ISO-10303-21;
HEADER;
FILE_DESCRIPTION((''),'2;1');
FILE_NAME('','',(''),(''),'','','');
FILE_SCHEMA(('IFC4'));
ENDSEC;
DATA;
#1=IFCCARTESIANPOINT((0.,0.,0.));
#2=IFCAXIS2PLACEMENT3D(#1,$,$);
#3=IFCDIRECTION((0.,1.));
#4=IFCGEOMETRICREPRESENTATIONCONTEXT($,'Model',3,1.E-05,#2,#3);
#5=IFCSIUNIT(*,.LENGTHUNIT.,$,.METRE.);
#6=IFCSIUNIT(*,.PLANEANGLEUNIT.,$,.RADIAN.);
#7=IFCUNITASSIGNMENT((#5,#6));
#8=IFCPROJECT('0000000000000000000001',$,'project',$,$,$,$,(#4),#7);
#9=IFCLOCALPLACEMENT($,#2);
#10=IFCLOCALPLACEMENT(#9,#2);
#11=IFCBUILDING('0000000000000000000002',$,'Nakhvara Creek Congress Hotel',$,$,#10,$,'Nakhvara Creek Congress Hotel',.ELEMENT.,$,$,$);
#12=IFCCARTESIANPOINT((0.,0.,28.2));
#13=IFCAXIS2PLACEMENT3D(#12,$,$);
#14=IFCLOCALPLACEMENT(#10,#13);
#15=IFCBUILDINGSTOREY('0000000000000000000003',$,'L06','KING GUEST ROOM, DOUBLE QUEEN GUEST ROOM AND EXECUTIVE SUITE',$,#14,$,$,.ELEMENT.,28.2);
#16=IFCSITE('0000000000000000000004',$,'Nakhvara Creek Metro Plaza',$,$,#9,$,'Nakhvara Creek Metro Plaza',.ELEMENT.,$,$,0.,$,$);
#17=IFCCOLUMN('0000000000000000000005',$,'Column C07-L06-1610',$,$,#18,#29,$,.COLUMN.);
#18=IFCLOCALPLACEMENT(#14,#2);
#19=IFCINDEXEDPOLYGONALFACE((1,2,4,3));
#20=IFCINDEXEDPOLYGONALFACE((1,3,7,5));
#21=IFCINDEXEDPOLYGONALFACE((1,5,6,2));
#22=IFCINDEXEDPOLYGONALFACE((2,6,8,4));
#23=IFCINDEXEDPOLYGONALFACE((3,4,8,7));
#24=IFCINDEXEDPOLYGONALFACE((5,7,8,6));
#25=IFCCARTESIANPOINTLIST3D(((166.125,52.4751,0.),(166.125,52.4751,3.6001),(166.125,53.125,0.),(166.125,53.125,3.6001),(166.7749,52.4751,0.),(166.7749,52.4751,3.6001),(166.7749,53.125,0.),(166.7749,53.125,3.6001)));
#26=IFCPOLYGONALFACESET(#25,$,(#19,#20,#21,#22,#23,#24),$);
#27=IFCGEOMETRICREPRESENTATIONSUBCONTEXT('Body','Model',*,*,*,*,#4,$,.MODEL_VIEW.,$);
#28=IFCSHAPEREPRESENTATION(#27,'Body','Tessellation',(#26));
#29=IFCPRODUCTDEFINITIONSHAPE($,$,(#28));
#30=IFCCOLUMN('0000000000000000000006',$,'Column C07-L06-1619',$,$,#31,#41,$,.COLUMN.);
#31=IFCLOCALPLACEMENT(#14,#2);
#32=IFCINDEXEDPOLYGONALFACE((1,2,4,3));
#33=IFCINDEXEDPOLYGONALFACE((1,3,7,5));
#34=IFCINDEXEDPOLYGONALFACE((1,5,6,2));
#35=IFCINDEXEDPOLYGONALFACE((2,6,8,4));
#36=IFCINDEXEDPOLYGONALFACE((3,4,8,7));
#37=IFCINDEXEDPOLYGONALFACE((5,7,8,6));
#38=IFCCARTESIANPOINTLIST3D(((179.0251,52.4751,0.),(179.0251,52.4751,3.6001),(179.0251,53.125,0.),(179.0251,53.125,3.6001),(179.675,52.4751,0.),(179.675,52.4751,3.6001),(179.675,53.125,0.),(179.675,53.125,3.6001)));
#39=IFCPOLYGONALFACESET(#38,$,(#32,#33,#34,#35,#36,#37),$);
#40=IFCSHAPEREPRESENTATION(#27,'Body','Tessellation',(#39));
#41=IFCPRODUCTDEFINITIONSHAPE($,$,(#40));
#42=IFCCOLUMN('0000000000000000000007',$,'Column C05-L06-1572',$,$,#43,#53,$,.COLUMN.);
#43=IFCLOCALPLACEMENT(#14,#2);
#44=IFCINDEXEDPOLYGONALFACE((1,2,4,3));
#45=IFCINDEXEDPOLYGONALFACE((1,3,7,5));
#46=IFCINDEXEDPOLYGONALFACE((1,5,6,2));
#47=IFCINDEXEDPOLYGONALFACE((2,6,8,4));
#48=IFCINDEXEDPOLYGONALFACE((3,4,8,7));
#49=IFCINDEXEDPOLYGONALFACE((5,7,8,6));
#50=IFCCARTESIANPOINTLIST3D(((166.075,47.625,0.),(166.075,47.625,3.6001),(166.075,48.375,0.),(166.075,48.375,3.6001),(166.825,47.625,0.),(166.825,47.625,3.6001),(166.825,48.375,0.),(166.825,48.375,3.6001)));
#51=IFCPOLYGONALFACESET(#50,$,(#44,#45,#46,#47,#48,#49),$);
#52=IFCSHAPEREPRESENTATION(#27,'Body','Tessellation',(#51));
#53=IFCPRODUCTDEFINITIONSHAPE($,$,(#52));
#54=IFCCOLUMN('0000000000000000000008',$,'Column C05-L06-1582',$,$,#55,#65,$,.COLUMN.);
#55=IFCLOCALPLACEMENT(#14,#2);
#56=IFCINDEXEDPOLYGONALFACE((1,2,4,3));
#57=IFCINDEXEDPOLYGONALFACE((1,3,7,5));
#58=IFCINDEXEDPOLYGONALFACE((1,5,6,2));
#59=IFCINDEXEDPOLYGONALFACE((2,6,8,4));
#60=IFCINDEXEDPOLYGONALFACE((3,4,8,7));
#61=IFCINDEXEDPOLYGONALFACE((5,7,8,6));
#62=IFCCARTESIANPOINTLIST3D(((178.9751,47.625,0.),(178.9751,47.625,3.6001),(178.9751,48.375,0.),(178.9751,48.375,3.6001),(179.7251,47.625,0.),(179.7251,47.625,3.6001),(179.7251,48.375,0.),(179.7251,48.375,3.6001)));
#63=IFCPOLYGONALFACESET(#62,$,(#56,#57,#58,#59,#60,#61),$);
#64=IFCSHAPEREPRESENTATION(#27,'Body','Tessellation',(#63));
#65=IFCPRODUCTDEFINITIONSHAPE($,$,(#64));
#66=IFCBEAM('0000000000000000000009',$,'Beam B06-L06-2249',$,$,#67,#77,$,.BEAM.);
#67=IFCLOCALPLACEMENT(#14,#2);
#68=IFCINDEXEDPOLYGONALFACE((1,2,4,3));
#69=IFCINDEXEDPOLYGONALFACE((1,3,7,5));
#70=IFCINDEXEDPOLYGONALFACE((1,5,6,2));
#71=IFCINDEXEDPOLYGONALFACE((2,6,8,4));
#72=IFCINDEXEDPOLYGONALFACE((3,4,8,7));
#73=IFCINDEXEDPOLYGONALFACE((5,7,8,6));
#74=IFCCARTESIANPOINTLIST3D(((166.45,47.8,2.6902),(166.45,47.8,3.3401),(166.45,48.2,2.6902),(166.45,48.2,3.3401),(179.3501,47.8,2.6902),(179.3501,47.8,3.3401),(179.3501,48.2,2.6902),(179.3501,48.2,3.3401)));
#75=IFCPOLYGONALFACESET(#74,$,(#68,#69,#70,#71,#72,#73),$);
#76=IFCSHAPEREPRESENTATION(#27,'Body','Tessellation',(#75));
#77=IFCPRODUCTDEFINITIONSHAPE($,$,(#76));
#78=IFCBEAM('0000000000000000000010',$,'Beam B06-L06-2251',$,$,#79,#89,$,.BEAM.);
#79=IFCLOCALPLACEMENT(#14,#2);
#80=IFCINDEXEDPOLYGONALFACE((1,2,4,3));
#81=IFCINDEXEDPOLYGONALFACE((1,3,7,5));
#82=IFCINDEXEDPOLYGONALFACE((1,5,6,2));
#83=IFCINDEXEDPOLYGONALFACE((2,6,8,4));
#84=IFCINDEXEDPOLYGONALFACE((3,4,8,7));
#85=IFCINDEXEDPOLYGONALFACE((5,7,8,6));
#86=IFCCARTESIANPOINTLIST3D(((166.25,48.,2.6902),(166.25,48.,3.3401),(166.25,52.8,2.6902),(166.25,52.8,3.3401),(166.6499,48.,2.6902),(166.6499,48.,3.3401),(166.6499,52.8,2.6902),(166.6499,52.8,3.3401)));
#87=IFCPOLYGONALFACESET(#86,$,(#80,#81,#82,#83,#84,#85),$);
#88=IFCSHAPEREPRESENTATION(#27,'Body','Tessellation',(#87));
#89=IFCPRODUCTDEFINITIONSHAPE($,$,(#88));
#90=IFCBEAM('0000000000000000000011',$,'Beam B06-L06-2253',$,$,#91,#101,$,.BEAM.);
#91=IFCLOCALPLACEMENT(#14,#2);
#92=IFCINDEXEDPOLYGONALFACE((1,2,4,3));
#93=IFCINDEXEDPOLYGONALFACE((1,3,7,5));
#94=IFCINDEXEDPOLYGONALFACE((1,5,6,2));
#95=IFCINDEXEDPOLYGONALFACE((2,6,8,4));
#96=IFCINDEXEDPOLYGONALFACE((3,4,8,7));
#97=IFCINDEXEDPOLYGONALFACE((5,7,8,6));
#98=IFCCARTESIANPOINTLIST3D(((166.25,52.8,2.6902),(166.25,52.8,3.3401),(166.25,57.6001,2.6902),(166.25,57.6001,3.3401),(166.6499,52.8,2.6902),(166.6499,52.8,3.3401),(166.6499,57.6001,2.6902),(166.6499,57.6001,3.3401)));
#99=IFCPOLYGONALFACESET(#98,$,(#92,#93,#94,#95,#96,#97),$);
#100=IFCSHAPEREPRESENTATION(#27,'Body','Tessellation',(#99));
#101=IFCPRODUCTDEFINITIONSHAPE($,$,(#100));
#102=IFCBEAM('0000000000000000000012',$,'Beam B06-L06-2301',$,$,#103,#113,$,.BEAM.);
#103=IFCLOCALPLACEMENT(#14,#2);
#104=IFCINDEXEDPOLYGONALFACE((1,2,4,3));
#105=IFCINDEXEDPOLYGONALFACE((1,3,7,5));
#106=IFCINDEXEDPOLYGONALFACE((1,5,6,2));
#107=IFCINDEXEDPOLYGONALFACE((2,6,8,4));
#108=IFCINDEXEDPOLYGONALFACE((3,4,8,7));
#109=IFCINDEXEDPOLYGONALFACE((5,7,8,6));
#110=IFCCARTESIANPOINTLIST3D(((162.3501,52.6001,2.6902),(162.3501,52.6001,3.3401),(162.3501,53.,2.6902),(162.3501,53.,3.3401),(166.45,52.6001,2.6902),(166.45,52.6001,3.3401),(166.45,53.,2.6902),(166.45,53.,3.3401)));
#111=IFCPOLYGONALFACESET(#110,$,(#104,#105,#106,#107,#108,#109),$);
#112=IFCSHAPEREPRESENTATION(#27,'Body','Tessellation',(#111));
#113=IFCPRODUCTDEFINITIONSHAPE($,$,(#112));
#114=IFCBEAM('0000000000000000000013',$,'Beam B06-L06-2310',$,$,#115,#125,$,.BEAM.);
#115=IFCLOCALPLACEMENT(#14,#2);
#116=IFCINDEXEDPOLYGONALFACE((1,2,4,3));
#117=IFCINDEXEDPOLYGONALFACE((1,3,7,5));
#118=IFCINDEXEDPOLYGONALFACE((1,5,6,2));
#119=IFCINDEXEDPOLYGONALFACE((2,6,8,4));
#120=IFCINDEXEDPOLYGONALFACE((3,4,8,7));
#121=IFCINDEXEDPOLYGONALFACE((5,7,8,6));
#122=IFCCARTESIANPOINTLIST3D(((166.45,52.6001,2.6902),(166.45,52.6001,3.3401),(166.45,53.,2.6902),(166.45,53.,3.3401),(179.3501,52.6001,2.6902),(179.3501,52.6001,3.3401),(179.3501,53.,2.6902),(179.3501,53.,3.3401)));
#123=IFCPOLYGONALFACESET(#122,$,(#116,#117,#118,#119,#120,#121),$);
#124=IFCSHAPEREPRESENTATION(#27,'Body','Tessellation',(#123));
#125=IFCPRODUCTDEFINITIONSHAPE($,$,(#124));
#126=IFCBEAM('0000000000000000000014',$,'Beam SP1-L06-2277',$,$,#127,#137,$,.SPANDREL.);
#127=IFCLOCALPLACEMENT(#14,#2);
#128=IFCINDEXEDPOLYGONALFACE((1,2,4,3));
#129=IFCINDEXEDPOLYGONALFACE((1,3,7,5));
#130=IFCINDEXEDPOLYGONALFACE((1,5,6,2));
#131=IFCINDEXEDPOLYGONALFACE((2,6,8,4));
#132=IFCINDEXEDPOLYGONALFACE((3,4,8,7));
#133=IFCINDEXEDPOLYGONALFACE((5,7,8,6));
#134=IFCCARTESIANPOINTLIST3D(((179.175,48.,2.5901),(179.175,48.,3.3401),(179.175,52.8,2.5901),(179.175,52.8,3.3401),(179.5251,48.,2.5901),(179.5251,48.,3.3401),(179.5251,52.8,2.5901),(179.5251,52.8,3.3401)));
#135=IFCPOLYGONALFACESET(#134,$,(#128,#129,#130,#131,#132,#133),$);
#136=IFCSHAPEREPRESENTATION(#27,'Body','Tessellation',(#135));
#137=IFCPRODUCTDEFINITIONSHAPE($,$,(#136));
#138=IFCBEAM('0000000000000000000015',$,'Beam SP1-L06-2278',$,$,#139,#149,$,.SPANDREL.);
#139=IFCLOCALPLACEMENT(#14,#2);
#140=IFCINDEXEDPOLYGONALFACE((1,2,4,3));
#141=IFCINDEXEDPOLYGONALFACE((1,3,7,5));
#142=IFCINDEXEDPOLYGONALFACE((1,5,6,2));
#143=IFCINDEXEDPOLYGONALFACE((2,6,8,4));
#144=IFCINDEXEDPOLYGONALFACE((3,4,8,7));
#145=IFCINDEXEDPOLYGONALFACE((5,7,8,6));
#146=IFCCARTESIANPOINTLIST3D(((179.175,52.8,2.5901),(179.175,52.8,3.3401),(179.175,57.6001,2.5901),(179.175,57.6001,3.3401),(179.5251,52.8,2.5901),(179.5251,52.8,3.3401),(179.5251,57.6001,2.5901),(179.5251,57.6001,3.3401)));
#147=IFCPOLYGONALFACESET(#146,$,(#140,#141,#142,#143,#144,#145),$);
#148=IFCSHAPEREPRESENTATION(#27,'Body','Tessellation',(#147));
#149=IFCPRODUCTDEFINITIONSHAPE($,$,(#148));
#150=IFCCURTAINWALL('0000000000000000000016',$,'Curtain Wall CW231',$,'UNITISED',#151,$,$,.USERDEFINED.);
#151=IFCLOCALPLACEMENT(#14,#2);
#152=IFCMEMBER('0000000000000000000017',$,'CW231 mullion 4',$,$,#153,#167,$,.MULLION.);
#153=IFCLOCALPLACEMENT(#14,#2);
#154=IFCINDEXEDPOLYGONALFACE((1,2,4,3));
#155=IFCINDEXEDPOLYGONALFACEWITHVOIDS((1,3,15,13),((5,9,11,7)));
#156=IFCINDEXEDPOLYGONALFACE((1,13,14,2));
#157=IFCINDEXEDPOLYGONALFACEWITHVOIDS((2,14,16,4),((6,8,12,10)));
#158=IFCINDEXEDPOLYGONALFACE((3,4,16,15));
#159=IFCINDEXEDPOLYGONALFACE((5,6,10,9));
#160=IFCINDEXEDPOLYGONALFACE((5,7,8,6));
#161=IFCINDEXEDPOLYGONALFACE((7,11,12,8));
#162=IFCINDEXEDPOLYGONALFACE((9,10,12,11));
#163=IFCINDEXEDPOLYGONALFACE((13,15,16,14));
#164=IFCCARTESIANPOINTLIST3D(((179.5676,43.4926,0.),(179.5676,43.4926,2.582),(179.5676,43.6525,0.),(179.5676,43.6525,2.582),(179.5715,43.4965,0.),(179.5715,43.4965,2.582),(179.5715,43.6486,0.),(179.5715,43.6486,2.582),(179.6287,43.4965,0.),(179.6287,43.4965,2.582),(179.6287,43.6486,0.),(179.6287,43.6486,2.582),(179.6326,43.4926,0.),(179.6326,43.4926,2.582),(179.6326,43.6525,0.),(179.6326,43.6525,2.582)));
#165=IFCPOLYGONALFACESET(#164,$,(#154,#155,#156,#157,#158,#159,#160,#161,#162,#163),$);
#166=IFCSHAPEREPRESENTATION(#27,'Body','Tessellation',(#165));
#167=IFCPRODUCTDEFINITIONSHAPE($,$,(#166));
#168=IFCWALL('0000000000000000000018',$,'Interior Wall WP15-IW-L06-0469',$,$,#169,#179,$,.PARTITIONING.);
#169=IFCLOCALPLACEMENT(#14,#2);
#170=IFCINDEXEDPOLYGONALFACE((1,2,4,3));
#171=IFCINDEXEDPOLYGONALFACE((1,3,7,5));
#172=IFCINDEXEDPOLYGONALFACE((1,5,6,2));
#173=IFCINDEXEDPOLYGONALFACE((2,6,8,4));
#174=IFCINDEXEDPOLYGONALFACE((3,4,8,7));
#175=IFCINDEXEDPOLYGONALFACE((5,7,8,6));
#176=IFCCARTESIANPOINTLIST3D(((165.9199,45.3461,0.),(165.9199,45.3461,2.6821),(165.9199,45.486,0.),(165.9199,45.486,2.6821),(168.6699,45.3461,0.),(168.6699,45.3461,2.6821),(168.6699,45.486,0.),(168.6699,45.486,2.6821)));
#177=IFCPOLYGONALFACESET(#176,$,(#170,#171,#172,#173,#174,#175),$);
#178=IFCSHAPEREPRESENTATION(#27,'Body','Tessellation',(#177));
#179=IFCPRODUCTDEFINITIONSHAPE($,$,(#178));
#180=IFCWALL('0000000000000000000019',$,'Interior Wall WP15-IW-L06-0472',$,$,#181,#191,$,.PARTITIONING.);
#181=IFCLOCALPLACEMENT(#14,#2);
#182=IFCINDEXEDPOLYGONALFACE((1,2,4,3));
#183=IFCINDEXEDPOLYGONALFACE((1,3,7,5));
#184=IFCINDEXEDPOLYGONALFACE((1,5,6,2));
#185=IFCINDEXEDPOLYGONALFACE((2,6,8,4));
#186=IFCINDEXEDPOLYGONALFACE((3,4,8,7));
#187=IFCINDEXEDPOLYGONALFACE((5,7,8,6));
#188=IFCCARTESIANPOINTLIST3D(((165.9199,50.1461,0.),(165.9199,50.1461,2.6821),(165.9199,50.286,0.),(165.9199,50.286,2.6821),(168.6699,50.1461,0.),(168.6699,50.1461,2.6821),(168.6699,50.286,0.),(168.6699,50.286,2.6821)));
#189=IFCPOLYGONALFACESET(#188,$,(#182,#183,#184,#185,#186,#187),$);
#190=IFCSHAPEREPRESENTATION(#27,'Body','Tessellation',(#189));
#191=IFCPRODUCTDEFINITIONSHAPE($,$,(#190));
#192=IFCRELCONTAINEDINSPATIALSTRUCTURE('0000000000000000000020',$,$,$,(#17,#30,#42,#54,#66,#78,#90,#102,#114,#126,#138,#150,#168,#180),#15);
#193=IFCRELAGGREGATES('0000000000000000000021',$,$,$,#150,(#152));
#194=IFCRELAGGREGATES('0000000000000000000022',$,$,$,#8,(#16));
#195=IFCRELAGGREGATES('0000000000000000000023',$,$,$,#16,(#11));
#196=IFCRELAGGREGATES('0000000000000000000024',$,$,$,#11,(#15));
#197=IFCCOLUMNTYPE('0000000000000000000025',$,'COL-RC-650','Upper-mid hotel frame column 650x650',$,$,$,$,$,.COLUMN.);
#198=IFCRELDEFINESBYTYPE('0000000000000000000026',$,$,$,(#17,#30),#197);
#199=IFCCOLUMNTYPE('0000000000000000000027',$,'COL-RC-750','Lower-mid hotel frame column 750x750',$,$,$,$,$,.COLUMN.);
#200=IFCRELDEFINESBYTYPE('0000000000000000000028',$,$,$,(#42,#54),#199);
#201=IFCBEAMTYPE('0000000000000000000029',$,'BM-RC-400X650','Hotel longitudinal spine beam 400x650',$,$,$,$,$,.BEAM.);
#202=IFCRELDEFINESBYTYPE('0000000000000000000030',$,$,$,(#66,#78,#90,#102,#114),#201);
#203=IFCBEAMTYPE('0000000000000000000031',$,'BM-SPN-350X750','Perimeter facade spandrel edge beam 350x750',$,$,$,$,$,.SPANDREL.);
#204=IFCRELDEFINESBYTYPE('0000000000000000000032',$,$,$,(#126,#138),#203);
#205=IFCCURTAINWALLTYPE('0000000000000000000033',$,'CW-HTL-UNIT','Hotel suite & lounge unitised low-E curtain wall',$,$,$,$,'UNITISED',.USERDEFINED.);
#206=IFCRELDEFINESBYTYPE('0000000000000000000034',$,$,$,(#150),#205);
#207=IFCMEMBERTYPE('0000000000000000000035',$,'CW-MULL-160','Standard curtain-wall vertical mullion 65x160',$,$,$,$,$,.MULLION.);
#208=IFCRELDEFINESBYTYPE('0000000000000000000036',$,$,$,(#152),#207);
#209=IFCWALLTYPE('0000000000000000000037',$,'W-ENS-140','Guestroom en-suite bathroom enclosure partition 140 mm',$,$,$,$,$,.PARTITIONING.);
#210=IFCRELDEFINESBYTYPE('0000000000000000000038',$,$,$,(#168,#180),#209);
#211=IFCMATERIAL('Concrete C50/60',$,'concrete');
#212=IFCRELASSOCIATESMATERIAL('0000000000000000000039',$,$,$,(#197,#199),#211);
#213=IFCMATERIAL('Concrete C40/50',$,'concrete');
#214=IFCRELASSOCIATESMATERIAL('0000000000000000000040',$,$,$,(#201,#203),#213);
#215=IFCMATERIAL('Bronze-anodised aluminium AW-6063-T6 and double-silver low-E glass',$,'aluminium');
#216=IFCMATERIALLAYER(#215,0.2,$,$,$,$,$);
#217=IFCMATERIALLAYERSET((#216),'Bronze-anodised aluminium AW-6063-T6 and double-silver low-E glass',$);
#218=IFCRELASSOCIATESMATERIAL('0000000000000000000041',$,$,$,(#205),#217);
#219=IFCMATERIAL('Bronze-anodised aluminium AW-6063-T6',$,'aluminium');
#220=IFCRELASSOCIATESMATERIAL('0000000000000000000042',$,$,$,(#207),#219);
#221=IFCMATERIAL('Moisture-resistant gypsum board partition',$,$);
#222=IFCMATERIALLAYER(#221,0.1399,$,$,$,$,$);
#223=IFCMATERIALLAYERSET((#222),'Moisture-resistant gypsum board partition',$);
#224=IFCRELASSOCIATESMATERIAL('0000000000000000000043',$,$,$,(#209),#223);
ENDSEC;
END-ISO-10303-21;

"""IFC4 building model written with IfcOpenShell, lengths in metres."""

from ifc_helpers import new_model, si_unit, direction, frame, frame_2d, origin, origin_2d, place, context, subcontext, project, spatial, rectangle, hollow_rectangle, extrude, material, layer, layer_set, material_profile, profile_set, type_object, element, aggregate, save


model = new_model("IFC4")

# Units and contexts
model_context = context("Model", 3, precision=1e-05, world=origin(), true_north=direction((0.0, 1.0)))
body_context = subcontext(model_context, "Body", "Model", "MODEL_VIEW")
ifc_project = project(units=[si_unit("LENGTHUNIT", "METRE"), si_unit("PLANEANGLEUNIT", "RADIAN")], contexts=[model_context])

# Site, building, storey
site_placement = place(None, origin())
site = spatial("IfcSite", under=ifc_project, at=site_placement, Name="Nakhvara Creek Metro Plaza", LongName="Nakhvara Creek Metro Plaza", CompositionType="ELEMENT", RefElevation=0.0)
building_placement = place(site_placement, origin())
building = spatial("IfcBuilding", under=site, at=building_placement, Name="Nakhvara Creek Congress Hotel", LongName="Nakhvara Creek Congress Hotel", CompositionType="ELEMENT")
storey_placement = place(building_placement, frame((0.0, 0.0, 28.2)))
storey = spatial("IfcBuildingStorey", under=building, at=storey_placement, Name="L06", Description="KING GUEST ROOM, DOUBLE QUEEN GUEST ROOM AND EXECUTIVE SUITE", CompositionType="ELEMENT", Elevation=28.2)

# Columns
ifc_material_1 = material(Name="Concrete C50/60", Category="concrete")
ifc_material_profile_1 = material_profile(ifc_material_1, rectangle(XDim=0.6499, YDim=0.6499, at=origin_2d()), Name="RC-COL 650x650", Category="LoadBearing")
ifc_profile_set_1 = profile_set([ifc_material_profile_1], Name="Concrete C50/60")
column_type_1 = type_object("IfcColumnType", Name="COL-RC-650", Description="Upper-mid hotel frame column 650x650", PredefinedType="COLUMN", material=ifc_profile_set_1)
for number, where, z_axis, x_axis, name in (
    (1, (166.45, 52.8, 0.0), (0.0, 0.0, 1.0), (1.0, 0.0, 0.0), "Column C07-L06-1610"),
    (2, (179.3501, 52.8, 0.0), (0.0, 0.0, 1.0), (1.0, 0.0, 0.0), "Column C07-L06-1619"),
):
    element("IfcColumn", number, at=place(storey_placement, frame(where, z_axis=z_axis, x_axis=x_axis)), inside=storey, type_object=column_type_1, Name=name, PredefinedType="COLUMN", context=body_context, shape_type="SweptSolid", body=[
        extrude(rectangle(XDim=0.6499, YDim=0.6499, at=origin_2d()), origin(), (0.0, 0.0, 1.0), 3.6001),
    ])
ifc_material_profile_2 = material_profile(ifc_material_1, rectangle(XDim=0.75, YDim=0.75, at=origin_2d()), Name="RC-COL 750x750", Category="LoadBearing")
ifc_profile_set_2 = profile_set([ifc_material_profile_2], Name="Concrete C50/60")
column_type_2 = type_object("IfcColumnType", Name="COL-RC-750", Description="Lower-mid hotel frame column 750x750", PredefinedType="COLUMN", material=ifc_profile_set_2)
for number, where, z_axis, x_axis, name in (
    (3, (166.45, 48.0, 0.0), (0.0, 0.0, 1.0), (1.0, 0.0, 0.0), "Column C05-L06-1572"),
    (4, (179.3501, 48.0, 0.0), (0.0, 0.0, 1.0), (1.0, 0.0, 0.0), "Column C05-L06-1582"),
):
    element("IfcColumn", number, at=place(storey_placement, frame(where, z_axis=z_axis, x_axis=x_axis)), inside=storey, type_object=column_type_2, Name=name, PredefinedType="COLUMN", context=body_context, shape_type="SweptSolid", body=[
        extrude(rectangle(XDim=0.75, YDim=0.75, at=origin_2d()), origin(), (0.0, 0.0, 1.0), 3.6001),
    ])

# Beams
ifc_material_2 = material(Name="Concrete C40/50", Category="concrete")
ifc_material_profile_3 = material_profile(ifc_material_2, rectangle(XDim=0.3999, YDim=0.6499, at=origin_2d()), Name="RC-BM 400x650", Category="LoadBearing")
ifc_profile_set_3 = profile_set([ifc_material_profile_3], Name="Concrete C40/50")
beam_type_1 = type_object("IfcBeamType", Name="BM-RC-400X650", Description="Hotel longitudinal spine beam 400x650", PredefinedType="BEAM", material=ifc_profile_set_3)
beam_1_placement = place(storey_placement, frame((166.45, 48.0, 3.0151), z_axis=(1.0, 0.0, 0.0), x_axis=(0.0, 1.0, 0.0)))
element("IfcBeam", 5, at=beam_1_placement, inside=storey, type_object=beam_type_1, Name="Beam B06-L06-2249", PredefinedType="BEAM", context=body_context, shape_type="SweptSolid", body=[
    extrude(rectangle(XDim=0.3999, YDim=0.6499, at=origin_2d()), origin(), (0.0, 0.0, 1.0), 12.9001),
])
for number, where, z_axis, x_axis, name in (
    (6, (166.45, 48.0, 3.0151), (0.0, 1.0, 0.0), (-1.0, 0.0, 0.0), "Beam B06-L06-2251"),
    (7, (166.45, 52.8, 3.0151), (0.0, 1.0, 0.0), (-1.0, 0.0, 0.0), "Beam B06-L06-2253"),
):
    element("IfcBeam", number, at=place(storey_placement, frame(where, z_axis=z_axis, x_axis=x_axis)), inside=storey, type_object=beam_type_1, Name=name, PredefinedType="BEAM", context=body_context, shape_type="SweptSolid", body=[
        extrude(rectangle(XDim=0.3999, YDim=0.6499, at=origin_2d()), origin(), (0.0, 0.0, 1.0), 4.8),
    ])
beam_2_placement = place(storey_placement, frame((162.3501, 52.8, 3.0151), z_axis=(1.0, 0.0, 0.0), x_axis=(0.0, 1.0, 0.0)))
element("IfcBeam", 8, at=beam_2_placement, inside=storey, type_object=beam_type_1, Name="Beam B06-L06-2301", PredefinedType="BEAM", context=body_context, shape_type="SweptSolid", body=[
    extrude(rectangle(XDim=0.3999, YDim=0.6499, at=origin_2d()), origin(), (0.0, 0.0, 1.0), 4.0999),
])
beam_3_placement = place(storey_placement, frame((166.45, 52.8, 3.0151), z_axis=(1.0, 0.0, 0.0), x_axis=(0.0, 1.0, 0.0)))
element("IfcBeam", 9, at=beam_3_placement, inside=storey, type_object=beam_type_1, Name="Beam B06-L06-2310", PredefinedType="BEAM", context=body_context, shape_type="SweptSolid", body=[
    extrude(rectangle(XDim=0.3999, YDim=0.6499, at=origin_2d()), origin(), (0.0, 0.0, 1.0), 12.9001),
])
ifc_material_profile_4 = material_profile(ifc_material_2, rectangle(XDim=0.3501, YDim=0.75, at=origin_2d()), Name="RC-SPANDREL 350x750", Category="LoadBearing")
ifc_profile_set_4 = profile_set([ifc_material_profile_4], Name="Concrete C40/50")
beam_type_2 = type_object("IfcBeamType", Name="BM-SPN-350X750", Description="Perimeter facade spandrel edge beam 350x750", PredefinedType="SPANDREL", material=ifc_profile_set_4)
for number, where, z_axis, x_axis, name in (
    (10, (179.3501, 48.0, 2.9651), (0.0, 1.0, 0.0), (-1.0, 0.0, 0.0), "Beam SP1-L06-2277"),
    (11, (179.3501, 52.8, 2.9651), (0.0, 1.0, 0.0), (-1.0, 0.0, 0.0), "Beam SP1-L06-2278"),
):
    element("IfcBeam", number, at=place(storey_placement, frame(where, z_axis=z_axis, x_axis=x_axis)), inside=storey, type_object=beam_type_2, Name=name, PredefinedType="SPANDREL", context=body_context, shape_type="SweptSolid", body=[
        extrude(rectangle(XDim=0.3501, YDim=0.75, at=origin_2d()), origin(), (0.0, 0.0, 1.0), 4.8),
    ])

# Curtain wall, member
ifc_material_3 = material(Name="Bronze-anodised aluminium AW-6063-T6 and double-silver low-E glass", Category="aluminium")
ifc_layer_1 = layer(ifc_material_3, 0.2)
ifc_layer_set_1 = layer_set([ifc_layer_1], Name="Bronze-anodised aluminium AW-6063-T6 and double-silver low-E glass")
curtain_wall_type = type_object("IfcCurtainWallType", Name="CW-HTL-UNIT", Description="Hotel suite & lounge unitised low-E curtain wall", ElementType="UNITISED", PredefinedType="USERDEFINED", material=ifc_layer_set_1)
curtain_wall_placement = place(storey_placement, origin())
curtain_wall = element("IfcCurtainWall", 12, at=curtain_wall_placement, inside=storey, type_object=curtain_wall_type, Name="Curtain Wall CW231", ObjectType="UNITISED", PredefinedType="USERDEFINED")
ifc_material_4 = material(Name="Bronze-anodised aluminium AW-6063-T6", Category="aluminium")
ifc_material_profile_5 = material_profile(ifc_material_4, hollow_rectangle(XDim=0.0649, YDim=0.1599, WallThickness=0.0039, at=origin_2d()), Name="ALU-MULL 65x160x4", Category="LoadBearing")
ifc_profile_set_5 = profile_set([ifc_material_profile_5], Name="Bronze-anodised aluminium AW-6063-T6")
member_type = type_object("IfcMemberType", Name="CW-MULL-160", Description="Standard curtain-wall vertical mullion 65x160", PredefinedType="MULLION", material=ifc_profile_set_5)
member_placement = place(storey_placement, frame((179.6001, 43.5725, 0.0), z_axis=(0.0, 0.0, 1.0), x_axis=(1.0, 0.0, 0.0)))
member = element("IfcMember", 13, at=member_placement, type_object=member_type, Name="CW231 mullion 4", PredefinedType="MULLION", context=body_context, shape_type="SweptSolid", body=[
    extrude(hollow_rectangle(XDim=0.0649, YDim=0.1599, WallThickness=0.0039, at=origin_2d()), origin(), (0.0, 0.0, 1.0), 2.582),
])
aggregate(curtain_wall, [member])

# Shared definitions
ifc_material_5 = material(Name="Moisture-resistant gypsum board partition")
ifc_layer_2 = layer(ifc_material_5, 0.1399)
ifc_layer_set_2 = layer_set([ifc_layer_2], Name="Moisture-resistant gypsum board partition")
wall_type_1 = type_object("IfcWallType", Name="W-ENS-140", Description="Guestroom en-suite bathroom enclosure partition 140 mm", PredefinedType="PARTITIONING", material=ifc_layer_set_2)

# Wall
wall_1_placement = place(storey_placement, frame((165.9199, 45.416, 0.0), z_axis=(0.0, 0.0, 1.0), x_axis=(1.0, 0.0, 0.0)))
element("IfcWall", 14, at=wall_1_placement, inside=storey, type_object=wall_type_1, Name="Interior Wall WP15-IW-L06-0469", PredefinedType="PARTITIONING", context=body_context, shape_type="SweptSolid", body=[
    extrude(rectangle(XDim=2.75, YDim=0.1399, at=frame_2d((1.375, 0.0))), origin(), (0.0, 0.0, 1.0), 2.6821),
])

# Wall
wall_2_placement = place(storey_placement, frame((165.9199, 50.2161, 0.0), z_axis=(0.0, 0.0, 1.0), x_axis=(1.0, 0.0, 0.0)))
element("IfcWall", 15, at=wall_2_placement, inside=storey, type_object=wall_type_1, Name="Interior Wall WP15-IW-L06-0472", PredefinedType="PARTITIONING", context=body_context, shape_type="SweptSolid", body=[
    extrude(rectangle(XDim=2.75, YDim=0.1399, at=frame_2d((1.375, 0.0))), origin(), (0.0, 0.0, 1.0), 2.6821),
])

save(model, "model.ifc")
